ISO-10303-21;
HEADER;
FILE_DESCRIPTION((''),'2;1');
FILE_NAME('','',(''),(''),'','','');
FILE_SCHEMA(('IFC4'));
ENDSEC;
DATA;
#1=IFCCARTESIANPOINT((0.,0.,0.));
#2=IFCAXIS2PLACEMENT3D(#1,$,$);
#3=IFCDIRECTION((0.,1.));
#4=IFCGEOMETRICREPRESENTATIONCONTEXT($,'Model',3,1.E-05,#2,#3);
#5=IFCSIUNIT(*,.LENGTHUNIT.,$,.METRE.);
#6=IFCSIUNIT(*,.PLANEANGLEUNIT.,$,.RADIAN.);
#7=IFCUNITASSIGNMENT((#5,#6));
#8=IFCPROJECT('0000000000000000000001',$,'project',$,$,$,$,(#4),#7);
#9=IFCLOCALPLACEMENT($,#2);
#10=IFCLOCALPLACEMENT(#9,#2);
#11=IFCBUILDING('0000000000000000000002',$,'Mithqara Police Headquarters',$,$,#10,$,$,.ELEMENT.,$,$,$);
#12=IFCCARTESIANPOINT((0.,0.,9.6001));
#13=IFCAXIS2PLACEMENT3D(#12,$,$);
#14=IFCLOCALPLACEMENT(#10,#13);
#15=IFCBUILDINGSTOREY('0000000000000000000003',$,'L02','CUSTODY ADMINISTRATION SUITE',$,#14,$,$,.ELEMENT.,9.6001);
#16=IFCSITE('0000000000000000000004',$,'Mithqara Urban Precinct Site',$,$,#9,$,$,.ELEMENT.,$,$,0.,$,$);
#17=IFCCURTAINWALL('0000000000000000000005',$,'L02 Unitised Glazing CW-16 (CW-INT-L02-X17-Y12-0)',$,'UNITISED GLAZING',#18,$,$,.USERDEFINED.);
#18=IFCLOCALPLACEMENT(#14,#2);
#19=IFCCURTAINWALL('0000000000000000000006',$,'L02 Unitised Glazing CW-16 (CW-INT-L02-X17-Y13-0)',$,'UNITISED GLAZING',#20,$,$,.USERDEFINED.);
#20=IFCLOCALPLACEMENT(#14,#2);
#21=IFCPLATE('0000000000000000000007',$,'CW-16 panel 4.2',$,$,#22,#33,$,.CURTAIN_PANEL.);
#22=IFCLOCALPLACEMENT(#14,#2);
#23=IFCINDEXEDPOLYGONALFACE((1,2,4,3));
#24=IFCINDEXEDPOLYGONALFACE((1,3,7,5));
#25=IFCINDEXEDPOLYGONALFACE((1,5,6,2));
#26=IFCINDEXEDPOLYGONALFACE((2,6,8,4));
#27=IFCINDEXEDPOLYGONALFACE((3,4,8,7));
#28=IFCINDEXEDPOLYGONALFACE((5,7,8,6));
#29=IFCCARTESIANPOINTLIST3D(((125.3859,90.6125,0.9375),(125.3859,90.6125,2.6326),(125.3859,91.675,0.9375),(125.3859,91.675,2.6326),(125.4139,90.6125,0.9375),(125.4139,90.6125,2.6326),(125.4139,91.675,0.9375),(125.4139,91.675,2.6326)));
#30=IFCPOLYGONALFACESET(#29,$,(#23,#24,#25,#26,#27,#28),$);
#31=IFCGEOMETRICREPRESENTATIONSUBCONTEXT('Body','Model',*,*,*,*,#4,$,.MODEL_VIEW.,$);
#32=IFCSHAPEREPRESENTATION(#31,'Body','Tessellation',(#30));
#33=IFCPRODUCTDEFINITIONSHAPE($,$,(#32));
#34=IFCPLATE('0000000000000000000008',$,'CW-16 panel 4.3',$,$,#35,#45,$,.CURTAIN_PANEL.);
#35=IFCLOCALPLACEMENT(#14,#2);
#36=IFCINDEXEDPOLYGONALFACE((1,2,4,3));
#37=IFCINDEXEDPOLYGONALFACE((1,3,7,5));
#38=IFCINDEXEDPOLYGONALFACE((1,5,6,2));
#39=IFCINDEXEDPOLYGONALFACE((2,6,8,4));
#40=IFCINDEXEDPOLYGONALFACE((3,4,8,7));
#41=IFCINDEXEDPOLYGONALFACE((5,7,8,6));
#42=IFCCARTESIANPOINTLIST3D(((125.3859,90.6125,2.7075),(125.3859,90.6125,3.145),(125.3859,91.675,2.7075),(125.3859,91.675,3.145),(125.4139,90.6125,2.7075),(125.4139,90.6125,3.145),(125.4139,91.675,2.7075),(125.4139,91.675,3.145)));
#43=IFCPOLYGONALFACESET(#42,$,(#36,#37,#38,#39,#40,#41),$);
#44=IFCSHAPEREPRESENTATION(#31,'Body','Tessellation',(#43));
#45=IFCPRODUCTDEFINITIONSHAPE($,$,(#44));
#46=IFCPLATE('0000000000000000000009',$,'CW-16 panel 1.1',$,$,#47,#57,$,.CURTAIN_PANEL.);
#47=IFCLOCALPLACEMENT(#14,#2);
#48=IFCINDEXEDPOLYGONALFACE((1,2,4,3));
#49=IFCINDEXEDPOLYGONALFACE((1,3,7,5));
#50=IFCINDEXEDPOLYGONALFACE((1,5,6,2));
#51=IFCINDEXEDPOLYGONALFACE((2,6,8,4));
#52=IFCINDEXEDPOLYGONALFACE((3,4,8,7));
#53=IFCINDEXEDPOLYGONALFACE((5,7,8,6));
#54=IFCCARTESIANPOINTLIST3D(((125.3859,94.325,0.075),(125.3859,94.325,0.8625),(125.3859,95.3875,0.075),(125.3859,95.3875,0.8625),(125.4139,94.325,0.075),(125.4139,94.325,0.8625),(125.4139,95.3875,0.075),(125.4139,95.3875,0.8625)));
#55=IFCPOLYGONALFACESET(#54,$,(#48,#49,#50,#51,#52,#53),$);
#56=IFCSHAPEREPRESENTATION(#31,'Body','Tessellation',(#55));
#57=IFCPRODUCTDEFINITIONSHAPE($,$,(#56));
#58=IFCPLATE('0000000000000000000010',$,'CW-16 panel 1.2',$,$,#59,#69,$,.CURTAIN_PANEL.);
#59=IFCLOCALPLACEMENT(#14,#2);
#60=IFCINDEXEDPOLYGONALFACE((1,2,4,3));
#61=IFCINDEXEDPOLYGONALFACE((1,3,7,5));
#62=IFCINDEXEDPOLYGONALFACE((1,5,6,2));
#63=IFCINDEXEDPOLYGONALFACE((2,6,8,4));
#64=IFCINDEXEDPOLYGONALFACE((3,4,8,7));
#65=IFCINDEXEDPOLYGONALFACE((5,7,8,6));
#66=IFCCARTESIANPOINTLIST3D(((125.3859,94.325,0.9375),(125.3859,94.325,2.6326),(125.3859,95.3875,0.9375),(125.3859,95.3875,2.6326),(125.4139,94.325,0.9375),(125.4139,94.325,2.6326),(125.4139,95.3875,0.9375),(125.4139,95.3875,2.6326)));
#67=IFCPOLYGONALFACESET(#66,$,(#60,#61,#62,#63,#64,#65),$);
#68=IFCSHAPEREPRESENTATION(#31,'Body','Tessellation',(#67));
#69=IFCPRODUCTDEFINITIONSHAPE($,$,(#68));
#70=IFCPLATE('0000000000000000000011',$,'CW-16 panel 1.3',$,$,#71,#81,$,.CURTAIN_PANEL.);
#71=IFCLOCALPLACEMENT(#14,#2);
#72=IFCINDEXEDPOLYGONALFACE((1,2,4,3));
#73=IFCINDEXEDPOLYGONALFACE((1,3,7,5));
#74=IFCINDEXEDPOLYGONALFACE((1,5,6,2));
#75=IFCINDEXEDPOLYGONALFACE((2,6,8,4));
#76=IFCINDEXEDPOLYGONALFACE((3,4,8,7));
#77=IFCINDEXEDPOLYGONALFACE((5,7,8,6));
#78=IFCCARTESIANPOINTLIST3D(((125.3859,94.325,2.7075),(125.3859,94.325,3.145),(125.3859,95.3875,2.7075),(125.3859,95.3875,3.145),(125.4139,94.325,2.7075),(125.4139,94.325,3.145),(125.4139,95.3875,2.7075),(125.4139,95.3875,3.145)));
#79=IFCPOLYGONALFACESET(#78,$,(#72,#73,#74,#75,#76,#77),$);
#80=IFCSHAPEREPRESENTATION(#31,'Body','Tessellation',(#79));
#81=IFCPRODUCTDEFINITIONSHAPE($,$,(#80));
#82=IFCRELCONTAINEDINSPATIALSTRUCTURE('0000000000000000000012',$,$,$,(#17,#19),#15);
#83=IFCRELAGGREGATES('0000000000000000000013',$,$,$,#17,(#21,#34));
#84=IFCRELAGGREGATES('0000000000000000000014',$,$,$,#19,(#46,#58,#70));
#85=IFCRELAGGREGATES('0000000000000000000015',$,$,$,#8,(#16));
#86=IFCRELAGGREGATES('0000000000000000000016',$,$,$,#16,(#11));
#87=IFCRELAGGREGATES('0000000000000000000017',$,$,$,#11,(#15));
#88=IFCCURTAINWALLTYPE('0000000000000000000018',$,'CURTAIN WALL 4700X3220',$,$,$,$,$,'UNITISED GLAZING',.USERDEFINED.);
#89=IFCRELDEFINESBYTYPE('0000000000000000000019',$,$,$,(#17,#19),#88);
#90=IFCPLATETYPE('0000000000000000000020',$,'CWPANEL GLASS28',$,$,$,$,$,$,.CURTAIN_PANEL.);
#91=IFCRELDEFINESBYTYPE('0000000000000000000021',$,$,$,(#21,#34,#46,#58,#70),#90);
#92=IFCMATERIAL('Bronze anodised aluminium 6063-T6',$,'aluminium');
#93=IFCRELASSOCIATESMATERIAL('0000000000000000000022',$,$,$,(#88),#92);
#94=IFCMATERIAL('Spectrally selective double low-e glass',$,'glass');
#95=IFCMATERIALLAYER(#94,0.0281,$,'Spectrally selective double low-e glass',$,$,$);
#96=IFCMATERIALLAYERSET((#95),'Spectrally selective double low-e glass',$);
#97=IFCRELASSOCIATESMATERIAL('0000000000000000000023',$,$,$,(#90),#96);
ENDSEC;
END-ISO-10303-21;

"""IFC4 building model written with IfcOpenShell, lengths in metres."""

from ifc_helpers import new_model, si_unit, direction, frame, origin, origin_2d, place, context, subcontext, project, spatial, rectangle, extrude, material, layer, layer_set, type_object, element, aggregate, save


model = new_model("IFC4")

# Units and contexts
model_context = context("Model", 3, precision=1e-05, world=origin(), true_north=direction((0.0, 1.0)))
body_context = subcontext(model_context, "Body", "Model", "MODEL_VIEW")
ifc_project = project(units=[si_unit("LENGTHUNIT", "METRE"), si_unit("PLANEANGLEUNIT", "RADIAN")], contexts=[model_context])

# Site, building, storey
site_placement = place(None, origin())
site = spatial("IfcSite", under=ifc_project, at=site_placement, Name="Mithqara Urban Precinct Site", CompositionType="ELEMENT", RefElevation=0.0)
building_placement = place(site_placement, origin())
building = spatial("IfcBuilding", under=site, at=building_placement, Name="Mithqara Police Headquarters", CompositionType="ELEMENT")
storey_placement = place(building_placement, frame((0.0, 0.0, 9.6001)))
storey = spatial("IfcBuildingStorey", under=building, at=storey_placement, Name="L02", Description="CUSTODY ADMINISTRATION SUITE", CompositionType="ELEMENT", Elevation=9.6001)

# Curtain walls
ifc_material_1 = material(Name="Bronze anodised aluminium 6063-T6", Category="aluminium")
curtain_wall_type = type_object("IfcCurtainWallType", Name="CURTAIN WALL 4700X3220", ElementType="UNITISED GLAZING", PredefinedType="USERDEFINED", material=ifc_material_1)
curtain_wall_1_placement = place(storey_placement, origin())
curtain_wall_1 = element("IfcCurtainWall", 1, at=curtain_wall_1_placement, inside=storey, type_object=curtain_wall_type, Name="L02 Unitised Glazing CW-16 (CW-INT-L02-X17-Y12-0)", ObjectType="UNITISED GLAZING", PredefinedType="USERDEFINED")
curtain_wall_2_placement = place(storey_placement, origin())
curtain_wall_2 = element("IfcCurtainWall", 2, at=curtain_wall_2_placement, inside=storey, type_object=curtain_wall_type, Name="L02 Unitised Glazing CW-16 (CW-INT-L02-X17-Y13-0)", ObjectType="UNITISED GLAZING", PredefinedType="USERDEFINED")

# Plates
ifc_material_2 = material(Name="Spectrally selective double low-e glass", Category="glass")
ifc_layer = layer(ifc_material_2, 0.0281, Name="Spectrally selective double low-e glass")
ifc_layer_set = layer_set([ifc_layer], Name="Spectrally selective double low-e glass")
plate_type = type_object("IfcPlateType", Name="CWPANEL GLASS28", PredefinedType="CURTAIN_PANEL", material=ifc_layer_set)
plate_1_placement = place(storey_placement, frame((125.3999, 91.1438, 0.9375), z_axis=(0.0, 0.0, 1.0), x_axis=(0.0, 1.0, 0.0)))
plate_1 = element("IfcPlate", 3, at=plate_1_placement, type_object=plate_type, Name="CW-16 panel 4.2", PredefinedType="CURTAIN_PANEL", context=body_context, shape_type="SweptSolid", body=[
    extrude(rectangle(XDim=1.0625, YDim=0.0281, at=origin_2d()), origin(), (0.0, 0.0, 1.0), 1.6951),
])
plate_2_placement = place(storey_placement, frame((125.3999, 91.1438, 2.7075), z_axis=(0.0, 0.0, 1.0), x_axis=(0.0, 1.0, 0.0)))
plate_2 = element("IfcPlate", 4, at=plate_2_placement, type_object=plate_type, Name="CW-16 panel 4.3", PredefinedType="CURTAIN_PANEL", context=body_context, shape_type="SweptSolid", body=[
    extrude(rectangle(XDim=1.0625, YDim=0.0281, at=origin_2d()), origin(), (0.0, 0.0, 1.0), 0.4375),
])
aggregate(curtain_wall_1, [plate_1, plate_2])
plate_3_placement = place(storey_placement, frame((125.3999, 94.8562, 0.075), z_axis=(0.0, 0.0, 1.0), x_axis=(0.0, 1.0, 0.0)))
plate_3 = element("IfcPlate", 5, at=plate_3_placement, type_object=plate_type, Name="CW-16 panel 1.1", PredefinedType="CURTAIN_PANEL", context=body_context, shape_type="SweptSolid", body=[
    extrude(rectangle(XDim=1.0625, YDim=0.0281, at=origin_2d()), origin(), (0.0, 0.0, 1.0), 0.7876),
])
plate_4_placement = place(storey_placement, frame((125.3999, 94.8562, 0.9375), z_axis=(0.0, 0.0, 1.0), x_axis=(0.0, 1.0, 0.0)))
plate_4 = element("IfcPlate", 6, at=plate_4_placement, type_object=plate_type, Name="CW-16 panel 1.2", PredefinedType="CURTAIN_PANEL", context=body_context, shape_type="SweptSolid", body=[
    extrude(rectangle(XDim=1.0625, YDim=0.0281, at=origin_2d()), origin(), (0.0, 0.0, 1.0), 1.6951),
])
plate_5_placement = place(storey_placement, frame((125.3999, 94.8562, 2.7075), z_axis=(0.0, 0.0, 1.0), x_axis=(0.0, 1.0, 0.0)))
plate_5 = element("IfcPlate", 7, at=plate_5_placement, type_object=plate_type, Name="CW-16 panel 1.3", PredefinedType="CURTAIN_PANEL", context=body_context, shape_type="SweptSolid", body=[
    extrude(rectangle(XDim=1.0625, YDim=0.0281, at=origin_2d()), origin(), (0.0, 0.0, 1.0), 0.4375),
])
aggregate(curtain_wall_2, [plate_3, plate_4, plate_5])

save(model, "model.ifc")
